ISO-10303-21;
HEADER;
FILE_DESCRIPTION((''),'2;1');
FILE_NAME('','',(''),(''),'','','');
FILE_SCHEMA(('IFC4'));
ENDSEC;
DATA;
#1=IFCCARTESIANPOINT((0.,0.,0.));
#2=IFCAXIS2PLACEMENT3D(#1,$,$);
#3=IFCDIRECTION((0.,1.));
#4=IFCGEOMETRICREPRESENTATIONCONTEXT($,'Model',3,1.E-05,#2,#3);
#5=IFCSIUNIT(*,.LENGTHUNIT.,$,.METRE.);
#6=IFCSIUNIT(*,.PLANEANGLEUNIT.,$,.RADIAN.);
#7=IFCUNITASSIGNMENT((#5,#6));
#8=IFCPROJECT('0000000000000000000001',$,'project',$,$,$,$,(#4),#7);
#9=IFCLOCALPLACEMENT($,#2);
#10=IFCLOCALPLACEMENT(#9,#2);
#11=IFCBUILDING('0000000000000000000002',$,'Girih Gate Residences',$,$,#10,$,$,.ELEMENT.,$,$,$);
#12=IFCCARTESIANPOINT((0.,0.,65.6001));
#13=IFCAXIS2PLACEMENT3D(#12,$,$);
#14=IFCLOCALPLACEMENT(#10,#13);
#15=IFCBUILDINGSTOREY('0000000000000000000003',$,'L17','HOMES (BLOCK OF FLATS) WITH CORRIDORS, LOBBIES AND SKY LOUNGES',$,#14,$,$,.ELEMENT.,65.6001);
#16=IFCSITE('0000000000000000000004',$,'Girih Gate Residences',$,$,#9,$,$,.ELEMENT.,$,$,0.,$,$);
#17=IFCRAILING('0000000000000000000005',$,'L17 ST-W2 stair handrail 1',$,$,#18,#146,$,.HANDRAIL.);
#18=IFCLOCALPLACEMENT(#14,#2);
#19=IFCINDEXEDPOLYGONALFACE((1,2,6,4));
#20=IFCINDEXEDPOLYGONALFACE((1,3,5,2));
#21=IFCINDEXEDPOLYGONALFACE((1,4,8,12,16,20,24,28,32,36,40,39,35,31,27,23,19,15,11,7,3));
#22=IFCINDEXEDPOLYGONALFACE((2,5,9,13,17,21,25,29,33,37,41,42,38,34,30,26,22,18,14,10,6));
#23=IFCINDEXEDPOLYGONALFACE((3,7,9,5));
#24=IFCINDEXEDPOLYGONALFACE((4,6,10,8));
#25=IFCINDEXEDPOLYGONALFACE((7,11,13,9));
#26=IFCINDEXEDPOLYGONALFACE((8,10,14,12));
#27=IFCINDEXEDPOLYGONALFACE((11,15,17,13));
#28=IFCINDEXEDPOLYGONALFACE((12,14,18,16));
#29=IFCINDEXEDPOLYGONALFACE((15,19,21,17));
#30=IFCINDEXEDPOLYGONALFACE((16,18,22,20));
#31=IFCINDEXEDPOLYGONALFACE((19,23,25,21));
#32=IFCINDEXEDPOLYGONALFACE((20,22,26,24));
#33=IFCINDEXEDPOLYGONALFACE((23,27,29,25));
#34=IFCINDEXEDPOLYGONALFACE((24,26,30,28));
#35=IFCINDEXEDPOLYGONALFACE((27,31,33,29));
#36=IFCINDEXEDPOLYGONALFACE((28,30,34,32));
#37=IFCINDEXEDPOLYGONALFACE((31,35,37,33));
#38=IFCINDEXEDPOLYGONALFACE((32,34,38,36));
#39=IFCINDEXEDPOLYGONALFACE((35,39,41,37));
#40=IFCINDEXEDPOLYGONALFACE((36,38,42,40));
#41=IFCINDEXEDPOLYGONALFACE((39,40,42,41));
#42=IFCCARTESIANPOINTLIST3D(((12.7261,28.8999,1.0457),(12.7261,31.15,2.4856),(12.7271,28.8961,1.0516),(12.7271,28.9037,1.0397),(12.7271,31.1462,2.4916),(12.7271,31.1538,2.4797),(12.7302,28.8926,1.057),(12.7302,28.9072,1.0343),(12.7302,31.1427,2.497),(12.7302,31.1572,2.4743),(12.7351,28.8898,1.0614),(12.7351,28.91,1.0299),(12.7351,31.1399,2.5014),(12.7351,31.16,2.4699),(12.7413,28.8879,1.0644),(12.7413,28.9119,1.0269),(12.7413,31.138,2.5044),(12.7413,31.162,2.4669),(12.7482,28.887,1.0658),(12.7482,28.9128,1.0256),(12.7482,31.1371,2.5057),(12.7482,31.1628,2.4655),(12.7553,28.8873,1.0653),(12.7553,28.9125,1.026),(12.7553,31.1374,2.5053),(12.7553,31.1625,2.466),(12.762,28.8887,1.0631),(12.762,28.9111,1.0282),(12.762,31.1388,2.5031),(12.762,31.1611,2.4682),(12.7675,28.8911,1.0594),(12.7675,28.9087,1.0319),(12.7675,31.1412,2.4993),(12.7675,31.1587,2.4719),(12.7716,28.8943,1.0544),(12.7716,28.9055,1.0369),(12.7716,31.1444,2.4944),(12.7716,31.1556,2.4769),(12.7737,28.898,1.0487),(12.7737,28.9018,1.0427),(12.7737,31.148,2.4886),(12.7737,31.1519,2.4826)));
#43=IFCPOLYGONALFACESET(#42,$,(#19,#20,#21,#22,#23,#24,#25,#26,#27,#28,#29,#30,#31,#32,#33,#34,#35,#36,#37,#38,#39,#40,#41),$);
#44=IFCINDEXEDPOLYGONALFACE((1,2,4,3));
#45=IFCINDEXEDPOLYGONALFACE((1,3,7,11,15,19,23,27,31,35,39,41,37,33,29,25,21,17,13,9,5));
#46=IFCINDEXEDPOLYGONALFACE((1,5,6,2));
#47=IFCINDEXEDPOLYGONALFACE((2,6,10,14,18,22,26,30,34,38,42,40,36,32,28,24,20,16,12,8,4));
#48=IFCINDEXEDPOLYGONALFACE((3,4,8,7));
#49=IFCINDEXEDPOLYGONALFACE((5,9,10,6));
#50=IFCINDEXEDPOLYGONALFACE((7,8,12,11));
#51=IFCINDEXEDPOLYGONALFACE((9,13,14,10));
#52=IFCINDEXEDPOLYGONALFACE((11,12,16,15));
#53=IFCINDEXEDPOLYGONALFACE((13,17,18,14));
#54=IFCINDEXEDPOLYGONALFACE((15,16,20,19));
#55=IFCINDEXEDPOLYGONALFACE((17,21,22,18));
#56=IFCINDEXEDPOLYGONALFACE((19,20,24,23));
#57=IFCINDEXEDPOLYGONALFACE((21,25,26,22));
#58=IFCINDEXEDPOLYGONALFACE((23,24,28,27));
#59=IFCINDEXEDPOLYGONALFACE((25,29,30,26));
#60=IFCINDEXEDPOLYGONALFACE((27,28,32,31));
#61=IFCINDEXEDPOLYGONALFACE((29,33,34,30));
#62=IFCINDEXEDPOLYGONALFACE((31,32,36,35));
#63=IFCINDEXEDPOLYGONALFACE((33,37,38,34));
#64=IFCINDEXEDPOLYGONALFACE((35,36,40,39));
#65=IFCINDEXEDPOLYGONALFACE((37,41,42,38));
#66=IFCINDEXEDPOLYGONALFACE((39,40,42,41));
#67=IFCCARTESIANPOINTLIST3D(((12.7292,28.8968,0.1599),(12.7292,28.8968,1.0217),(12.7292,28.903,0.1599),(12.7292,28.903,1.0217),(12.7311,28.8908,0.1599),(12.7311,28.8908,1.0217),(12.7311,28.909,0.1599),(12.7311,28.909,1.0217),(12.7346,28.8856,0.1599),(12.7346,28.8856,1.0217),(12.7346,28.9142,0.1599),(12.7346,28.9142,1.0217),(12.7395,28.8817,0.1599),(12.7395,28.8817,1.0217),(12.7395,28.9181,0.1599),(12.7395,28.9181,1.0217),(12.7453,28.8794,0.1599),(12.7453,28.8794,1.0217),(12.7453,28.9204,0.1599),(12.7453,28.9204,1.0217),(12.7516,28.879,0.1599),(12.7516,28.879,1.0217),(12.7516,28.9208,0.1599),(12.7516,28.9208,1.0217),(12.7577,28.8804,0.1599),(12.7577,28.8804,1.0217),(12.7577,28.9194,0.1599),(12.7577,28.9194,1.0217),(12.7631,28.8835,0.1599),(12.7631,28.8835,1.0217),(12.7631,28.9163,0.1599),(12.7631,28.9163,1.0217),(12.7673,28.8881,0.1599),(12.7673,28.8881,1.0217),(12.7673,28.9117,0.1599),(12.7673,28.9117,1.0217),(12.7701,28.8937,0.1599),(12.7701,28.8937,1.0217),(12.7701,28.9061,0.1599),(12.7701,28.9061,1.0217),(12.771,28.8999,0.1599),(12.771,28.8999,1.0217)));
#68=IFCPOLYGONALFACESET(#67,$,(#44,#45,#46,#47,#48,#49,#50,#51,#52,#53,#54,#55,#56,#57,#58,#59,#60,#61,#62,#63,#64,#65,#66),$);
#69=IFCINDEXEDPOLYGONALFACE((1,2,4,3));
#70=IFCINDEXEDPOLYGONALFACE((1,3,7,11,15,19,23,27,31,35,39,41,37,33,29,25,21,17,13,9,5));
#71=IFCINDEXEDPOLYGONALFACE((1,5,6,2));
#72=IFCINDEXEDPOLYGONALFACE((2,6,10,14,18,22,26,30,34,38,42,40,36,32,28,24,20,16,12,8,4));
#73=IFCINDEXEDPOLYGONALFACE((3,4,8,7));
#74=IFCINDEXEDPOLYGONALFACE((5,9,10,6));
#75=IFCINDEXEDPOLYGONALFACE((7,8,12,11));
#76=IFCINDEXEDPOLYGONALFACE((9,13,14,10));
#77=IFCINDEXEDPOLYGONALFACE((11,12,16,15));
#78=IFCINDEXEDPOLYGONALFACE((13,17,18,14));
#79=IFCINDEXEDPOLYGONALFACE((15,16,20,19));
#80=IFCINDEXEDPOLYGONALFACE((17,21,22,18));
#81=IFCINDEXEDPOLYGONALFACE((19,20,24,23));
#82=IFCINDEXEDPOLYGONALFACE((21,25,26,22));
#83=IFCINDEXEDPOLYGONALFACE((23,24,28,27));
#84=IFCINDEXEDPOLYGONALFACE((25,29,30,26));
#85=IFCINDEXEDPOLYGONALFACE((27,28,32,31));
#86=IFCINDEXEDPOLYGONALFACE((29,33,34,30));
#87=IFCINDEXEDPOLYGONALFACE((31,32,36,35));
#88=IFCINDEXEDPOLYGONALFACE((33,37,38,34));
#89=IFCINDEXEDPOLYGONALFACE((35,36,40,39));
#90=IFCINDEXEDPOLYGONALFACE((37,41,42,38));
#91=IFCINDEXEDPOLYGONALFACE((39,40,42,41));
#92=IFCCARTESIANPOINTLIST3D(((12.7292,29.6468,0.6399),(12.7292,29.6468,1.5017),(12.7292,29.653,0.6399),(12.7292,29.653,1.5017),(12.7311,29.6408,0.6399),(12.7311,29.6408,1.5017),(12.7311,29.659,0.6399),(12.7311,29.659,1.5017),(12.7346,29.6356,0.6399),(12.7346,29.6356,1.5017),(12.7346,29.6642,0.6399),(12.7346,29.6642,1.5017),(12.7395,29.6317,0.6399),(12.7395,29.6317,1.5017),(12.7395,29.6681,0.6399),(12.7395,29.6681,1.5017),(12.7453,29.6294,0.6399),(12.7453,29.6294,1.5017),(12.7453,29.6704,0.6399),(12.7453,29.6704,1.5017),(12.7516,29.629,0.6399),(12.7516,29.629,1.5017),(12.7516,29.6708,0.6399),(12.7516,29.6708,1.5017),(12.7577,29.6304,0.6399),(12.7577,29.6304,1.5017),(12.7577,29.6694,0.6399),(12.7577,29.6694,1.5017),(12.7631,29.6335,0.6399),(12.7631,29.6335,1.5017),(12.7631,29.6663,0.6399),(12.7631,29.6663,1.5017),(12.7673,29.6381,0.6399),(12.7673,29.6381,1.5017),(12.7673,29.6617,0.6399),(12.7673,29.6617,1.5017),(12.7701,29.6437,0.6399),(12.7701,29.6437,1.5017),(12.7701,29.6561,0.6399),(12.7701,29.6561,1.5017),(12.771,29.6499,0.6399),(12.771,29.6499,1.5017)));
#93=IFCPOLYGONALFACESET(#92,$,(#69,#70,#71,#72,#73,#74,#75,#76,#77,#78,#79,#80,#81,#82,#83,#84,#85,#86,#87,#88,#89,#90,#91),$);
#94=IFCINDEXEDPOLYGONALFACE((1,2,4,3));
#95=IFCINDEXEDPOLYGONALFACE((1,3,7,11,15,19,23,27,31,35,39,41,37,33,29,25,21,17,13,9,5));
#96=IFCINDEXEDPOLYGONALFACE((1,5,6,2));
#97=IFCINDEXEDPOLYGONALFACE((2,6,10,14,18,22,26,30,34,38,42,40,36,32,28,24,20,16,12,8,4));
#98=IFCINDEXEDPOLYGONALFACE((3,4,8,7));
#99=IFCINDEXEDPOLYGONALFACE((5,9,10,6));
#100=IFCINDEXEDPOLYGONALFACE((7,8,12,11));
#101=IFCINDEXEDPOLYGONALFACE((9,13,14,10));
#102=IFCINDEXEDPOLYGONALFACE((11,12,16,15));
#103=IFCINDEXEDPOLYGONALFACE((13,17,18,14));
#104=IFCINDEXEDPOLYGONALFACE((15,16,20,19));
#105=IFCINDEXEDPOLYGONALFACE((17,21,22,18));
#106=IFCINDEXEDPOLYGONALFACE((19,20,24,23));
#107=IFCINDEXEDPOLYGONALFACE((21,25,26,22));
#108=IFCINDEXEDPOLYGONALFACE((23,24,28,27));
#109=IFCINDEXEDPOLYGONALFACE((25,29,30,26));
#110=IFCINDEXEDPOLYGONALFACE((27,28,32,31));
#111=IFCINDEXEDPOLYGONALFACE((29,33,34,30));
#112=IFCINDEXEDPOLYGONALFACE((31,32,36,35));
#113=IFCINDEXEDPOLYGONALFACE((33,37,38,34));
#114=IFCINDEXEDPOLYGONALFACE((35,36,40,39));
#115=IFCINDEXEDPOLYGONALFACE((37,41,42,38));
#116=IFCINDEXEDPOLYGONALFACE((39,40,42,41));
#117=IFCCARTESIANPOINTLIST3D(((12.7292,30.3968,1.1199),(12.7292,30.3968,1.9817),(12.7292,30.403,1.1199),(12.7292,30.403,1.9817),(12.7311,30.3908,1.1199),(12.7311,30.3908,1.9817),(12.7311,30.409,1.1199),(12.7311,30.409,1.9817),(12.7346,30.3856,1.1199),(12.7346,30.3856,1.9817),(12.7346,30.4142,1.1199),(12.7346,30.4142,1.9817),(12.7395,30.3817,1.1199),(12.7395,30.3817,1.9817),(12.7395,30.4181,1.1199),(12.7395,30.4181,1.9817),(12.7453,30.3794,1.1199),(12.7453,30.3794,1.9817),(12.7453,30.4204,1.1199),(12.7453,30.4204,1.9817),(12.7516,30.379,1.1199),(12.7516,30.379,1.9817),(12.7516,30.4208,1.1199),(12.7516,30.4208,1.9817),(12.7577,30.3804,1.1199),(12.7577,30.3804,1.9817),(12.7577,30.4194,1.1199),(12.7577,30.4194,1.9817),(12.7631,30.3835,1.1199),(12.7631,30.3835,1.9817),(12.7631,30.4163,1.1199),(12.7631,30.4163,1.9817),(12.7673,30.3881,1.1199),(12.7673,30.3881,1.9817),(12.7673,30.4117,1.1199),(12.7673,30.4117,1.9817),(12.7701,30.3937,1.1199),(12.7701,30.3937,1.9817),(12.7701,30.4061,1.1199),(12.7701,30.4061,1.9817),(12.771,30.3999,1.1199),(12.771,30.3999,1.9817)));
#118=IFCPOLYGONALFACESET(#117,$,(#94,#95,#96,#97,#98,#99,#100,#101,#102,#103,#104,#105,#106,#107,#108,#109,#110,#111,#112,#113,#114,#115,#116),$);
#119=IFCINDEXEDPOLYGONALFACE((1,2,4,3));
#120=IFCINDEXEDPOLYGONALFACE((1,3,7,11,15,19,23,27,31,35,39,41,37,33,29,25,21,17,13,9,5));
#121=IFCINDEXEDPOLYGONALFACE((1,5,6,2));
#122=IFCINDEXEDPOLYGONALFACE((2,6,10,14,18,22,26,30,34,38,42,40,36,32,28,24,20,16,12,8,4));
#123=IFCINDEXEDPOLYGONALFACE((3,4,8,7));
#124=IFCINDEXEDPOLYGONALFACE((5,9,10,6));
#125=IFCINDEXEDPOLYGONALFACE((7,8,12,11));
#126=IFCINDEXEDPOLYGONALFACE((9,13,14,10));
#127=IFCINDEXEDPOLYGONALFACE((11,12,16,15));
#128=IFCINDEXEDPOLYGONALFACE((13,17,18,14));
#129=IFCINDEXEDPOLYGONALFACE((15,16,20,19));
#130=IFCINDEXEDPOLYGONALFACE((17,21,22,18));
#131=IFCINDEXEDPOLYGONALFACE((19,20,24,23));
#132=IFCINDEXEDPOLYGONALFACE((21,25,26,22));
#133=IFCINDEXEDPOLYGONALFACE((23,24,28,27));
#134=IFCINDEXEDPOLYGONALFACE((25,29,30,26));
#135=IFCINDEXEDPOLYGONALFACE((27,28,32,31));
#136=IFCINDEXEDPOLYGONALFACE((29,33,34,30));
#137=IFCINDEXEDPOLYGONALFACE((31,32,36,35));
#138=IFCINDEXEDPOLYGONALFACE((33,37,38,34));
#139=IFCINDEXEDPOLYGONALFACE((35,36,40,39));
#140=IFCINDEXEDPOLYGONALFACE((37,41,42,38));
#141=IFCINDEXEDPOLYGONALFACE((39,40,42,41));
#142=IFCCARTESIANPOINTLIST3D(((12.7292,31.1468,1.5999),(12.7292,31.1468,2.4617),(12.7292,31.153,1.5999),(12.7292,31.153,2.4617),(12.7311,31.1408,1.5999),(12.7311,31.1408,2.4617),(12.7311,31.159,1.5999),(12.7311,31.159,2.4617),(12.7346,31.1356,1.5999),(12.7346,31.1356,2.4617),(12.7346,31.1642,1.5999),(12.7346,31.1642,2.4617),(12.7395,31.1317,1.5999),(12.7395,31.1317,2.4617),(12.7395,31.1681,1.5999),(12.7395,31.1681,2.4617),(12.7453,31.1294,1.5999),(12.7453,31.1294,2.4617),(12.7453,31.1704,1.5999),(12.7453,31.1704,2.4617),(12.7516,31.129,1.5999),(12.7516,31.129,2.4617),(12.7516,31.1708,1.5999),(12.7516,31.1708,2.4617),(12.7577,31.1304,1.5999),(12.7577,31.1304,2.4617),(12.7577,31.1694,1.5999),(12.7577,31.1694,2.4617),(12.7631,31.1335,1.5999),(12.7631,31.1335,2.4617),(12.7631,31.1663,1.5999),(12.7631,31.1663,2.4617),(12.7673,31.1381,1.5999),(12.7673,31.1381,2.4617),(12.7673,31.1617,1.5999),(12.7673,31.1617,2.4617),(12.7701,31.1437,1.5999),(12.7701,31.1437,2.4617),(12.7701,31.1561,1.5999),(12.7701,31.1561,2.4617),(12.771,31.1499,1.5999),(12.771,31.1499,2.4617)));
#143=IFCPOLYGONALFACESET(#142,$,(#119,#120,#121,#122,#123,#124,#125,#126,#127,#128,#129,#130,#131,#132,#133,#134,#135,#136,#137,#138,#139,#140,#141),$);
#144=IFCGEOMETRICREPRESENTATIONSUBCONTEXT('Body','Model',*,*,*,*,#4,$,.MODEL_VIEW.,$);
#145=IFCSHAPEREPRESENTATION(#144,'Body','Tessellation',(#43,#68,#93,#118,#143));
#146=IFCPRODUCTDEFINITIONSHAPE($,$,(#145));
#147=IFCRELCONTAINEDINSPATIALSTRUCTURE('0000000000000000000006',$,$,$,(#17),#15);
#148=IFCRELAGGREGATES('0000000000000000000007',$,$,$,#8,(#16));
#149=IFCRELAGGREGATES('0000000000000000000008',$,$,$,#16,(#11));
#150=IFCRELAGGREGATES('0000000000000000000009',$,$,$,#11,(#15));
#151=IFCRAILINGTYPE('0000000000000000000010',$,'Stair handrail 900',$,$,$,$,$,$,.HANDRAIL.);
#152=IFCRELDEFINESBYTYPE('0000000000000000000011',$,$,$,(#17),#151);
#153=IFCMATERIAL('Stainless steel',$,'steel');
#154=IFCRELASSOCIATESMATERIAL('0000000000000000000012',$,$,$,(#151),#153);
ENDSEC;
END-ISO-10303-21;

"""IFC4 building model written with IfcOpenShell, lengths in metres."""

from ifc_helpers import new_model, si_unit, direction, frame, origin, origin_2d, place, context, subcontext, project, spatial, circle, extrude, material, type_object, element, save


model = new_model("IFC4")

# Units and contexts
model_context = context("Model", 3, precision=1e-05, world=origin(), true_north=direction((0.0, 1.0)))
body_context = subcontext(model_context, "Body", "Model", "MODEL_VIEW")
ifc_project = project(units=[si_unit("LENGTHUNIT", "METRE"), si_unit("PLANEANGLEUNIT", "RADIAN")], contexts=[model_context])

# Site, building, storey
site_placement = place(None, origin())
site = spatial("IfcSite", under=ifc_project, at=site_placement, Name="Girih Gate Residences", CompositionType="ELEMENT", RefElevation=0.0)
building_placement = place(site_placement, origin())
building = spatial("IfcBuilding", under=site, at=building_placement, Name="Girih Gate Residences", CompositionType="ELEMENT")
storey_placement = place(building_placement, frame((0.0, 0.0, 65.6001)))
storey = spatial("IfcBuildingStorey", under=building, at=storey_placement, Name="L17", Description="HOMES (BLOCK OF FLATS) WITH CORRIDORS, LOBBIES AND SKY LOUNGES", CompositionType="ELEMENT", Elevation=65.6001)

# Railing
ifc_material_1 = material(Name="Stainless steel", Category="steel")
railing_type_1 = type_object("IfcRailingType", Name="Stair handrail 900", PredefinedType="HANDRAIL", material=ifc_material_1)
railing_1_placement = place(storey_placement, frame((12.75, 28.8999, 0.1599)))
element("IfcRailing", 1, at=railing_1_placement, inside=storey, type_object=railing_type_1, Name="L17 ST-W2 stair handrail 1", PredefinedType="HANDRAIL", context=body_context, shape_type="SweptSolid", body=[
    extrude(circle(Radius=0.0239, at=origin_2d()), frame((0.0, 0.0, 0.8857), z_axis=(0.0, 0.842281, 0.539038), x_axis=(-1.0, 0.0, 0.0)), (0.0, 0.0, 1.0), 2.6714),
    extrude(circle(Radius=0.021, at=origin_2d()), origin(), (0.0, 0.0, 1.0), 0.8618),
    extrude(circle(Radius=0.021, at=origin_2d()), frame((0.0, 0.75, 0.48)), (0.0, 0.0, 1.0), 0.8618),
    extrude(circle(Radius=0.021, at=origin_2d()), frame((0.0, 1.5, 0.96)), (0.0, 0.0, 1.0), 0.8618),
    extrude(circle(Radius=0.021, at=origin_2d()), frame((0.0, 2.25, 1.4399)), (0.0, 0.0, 1.0), 0.8618),
])

save(model, "model.ifc")
